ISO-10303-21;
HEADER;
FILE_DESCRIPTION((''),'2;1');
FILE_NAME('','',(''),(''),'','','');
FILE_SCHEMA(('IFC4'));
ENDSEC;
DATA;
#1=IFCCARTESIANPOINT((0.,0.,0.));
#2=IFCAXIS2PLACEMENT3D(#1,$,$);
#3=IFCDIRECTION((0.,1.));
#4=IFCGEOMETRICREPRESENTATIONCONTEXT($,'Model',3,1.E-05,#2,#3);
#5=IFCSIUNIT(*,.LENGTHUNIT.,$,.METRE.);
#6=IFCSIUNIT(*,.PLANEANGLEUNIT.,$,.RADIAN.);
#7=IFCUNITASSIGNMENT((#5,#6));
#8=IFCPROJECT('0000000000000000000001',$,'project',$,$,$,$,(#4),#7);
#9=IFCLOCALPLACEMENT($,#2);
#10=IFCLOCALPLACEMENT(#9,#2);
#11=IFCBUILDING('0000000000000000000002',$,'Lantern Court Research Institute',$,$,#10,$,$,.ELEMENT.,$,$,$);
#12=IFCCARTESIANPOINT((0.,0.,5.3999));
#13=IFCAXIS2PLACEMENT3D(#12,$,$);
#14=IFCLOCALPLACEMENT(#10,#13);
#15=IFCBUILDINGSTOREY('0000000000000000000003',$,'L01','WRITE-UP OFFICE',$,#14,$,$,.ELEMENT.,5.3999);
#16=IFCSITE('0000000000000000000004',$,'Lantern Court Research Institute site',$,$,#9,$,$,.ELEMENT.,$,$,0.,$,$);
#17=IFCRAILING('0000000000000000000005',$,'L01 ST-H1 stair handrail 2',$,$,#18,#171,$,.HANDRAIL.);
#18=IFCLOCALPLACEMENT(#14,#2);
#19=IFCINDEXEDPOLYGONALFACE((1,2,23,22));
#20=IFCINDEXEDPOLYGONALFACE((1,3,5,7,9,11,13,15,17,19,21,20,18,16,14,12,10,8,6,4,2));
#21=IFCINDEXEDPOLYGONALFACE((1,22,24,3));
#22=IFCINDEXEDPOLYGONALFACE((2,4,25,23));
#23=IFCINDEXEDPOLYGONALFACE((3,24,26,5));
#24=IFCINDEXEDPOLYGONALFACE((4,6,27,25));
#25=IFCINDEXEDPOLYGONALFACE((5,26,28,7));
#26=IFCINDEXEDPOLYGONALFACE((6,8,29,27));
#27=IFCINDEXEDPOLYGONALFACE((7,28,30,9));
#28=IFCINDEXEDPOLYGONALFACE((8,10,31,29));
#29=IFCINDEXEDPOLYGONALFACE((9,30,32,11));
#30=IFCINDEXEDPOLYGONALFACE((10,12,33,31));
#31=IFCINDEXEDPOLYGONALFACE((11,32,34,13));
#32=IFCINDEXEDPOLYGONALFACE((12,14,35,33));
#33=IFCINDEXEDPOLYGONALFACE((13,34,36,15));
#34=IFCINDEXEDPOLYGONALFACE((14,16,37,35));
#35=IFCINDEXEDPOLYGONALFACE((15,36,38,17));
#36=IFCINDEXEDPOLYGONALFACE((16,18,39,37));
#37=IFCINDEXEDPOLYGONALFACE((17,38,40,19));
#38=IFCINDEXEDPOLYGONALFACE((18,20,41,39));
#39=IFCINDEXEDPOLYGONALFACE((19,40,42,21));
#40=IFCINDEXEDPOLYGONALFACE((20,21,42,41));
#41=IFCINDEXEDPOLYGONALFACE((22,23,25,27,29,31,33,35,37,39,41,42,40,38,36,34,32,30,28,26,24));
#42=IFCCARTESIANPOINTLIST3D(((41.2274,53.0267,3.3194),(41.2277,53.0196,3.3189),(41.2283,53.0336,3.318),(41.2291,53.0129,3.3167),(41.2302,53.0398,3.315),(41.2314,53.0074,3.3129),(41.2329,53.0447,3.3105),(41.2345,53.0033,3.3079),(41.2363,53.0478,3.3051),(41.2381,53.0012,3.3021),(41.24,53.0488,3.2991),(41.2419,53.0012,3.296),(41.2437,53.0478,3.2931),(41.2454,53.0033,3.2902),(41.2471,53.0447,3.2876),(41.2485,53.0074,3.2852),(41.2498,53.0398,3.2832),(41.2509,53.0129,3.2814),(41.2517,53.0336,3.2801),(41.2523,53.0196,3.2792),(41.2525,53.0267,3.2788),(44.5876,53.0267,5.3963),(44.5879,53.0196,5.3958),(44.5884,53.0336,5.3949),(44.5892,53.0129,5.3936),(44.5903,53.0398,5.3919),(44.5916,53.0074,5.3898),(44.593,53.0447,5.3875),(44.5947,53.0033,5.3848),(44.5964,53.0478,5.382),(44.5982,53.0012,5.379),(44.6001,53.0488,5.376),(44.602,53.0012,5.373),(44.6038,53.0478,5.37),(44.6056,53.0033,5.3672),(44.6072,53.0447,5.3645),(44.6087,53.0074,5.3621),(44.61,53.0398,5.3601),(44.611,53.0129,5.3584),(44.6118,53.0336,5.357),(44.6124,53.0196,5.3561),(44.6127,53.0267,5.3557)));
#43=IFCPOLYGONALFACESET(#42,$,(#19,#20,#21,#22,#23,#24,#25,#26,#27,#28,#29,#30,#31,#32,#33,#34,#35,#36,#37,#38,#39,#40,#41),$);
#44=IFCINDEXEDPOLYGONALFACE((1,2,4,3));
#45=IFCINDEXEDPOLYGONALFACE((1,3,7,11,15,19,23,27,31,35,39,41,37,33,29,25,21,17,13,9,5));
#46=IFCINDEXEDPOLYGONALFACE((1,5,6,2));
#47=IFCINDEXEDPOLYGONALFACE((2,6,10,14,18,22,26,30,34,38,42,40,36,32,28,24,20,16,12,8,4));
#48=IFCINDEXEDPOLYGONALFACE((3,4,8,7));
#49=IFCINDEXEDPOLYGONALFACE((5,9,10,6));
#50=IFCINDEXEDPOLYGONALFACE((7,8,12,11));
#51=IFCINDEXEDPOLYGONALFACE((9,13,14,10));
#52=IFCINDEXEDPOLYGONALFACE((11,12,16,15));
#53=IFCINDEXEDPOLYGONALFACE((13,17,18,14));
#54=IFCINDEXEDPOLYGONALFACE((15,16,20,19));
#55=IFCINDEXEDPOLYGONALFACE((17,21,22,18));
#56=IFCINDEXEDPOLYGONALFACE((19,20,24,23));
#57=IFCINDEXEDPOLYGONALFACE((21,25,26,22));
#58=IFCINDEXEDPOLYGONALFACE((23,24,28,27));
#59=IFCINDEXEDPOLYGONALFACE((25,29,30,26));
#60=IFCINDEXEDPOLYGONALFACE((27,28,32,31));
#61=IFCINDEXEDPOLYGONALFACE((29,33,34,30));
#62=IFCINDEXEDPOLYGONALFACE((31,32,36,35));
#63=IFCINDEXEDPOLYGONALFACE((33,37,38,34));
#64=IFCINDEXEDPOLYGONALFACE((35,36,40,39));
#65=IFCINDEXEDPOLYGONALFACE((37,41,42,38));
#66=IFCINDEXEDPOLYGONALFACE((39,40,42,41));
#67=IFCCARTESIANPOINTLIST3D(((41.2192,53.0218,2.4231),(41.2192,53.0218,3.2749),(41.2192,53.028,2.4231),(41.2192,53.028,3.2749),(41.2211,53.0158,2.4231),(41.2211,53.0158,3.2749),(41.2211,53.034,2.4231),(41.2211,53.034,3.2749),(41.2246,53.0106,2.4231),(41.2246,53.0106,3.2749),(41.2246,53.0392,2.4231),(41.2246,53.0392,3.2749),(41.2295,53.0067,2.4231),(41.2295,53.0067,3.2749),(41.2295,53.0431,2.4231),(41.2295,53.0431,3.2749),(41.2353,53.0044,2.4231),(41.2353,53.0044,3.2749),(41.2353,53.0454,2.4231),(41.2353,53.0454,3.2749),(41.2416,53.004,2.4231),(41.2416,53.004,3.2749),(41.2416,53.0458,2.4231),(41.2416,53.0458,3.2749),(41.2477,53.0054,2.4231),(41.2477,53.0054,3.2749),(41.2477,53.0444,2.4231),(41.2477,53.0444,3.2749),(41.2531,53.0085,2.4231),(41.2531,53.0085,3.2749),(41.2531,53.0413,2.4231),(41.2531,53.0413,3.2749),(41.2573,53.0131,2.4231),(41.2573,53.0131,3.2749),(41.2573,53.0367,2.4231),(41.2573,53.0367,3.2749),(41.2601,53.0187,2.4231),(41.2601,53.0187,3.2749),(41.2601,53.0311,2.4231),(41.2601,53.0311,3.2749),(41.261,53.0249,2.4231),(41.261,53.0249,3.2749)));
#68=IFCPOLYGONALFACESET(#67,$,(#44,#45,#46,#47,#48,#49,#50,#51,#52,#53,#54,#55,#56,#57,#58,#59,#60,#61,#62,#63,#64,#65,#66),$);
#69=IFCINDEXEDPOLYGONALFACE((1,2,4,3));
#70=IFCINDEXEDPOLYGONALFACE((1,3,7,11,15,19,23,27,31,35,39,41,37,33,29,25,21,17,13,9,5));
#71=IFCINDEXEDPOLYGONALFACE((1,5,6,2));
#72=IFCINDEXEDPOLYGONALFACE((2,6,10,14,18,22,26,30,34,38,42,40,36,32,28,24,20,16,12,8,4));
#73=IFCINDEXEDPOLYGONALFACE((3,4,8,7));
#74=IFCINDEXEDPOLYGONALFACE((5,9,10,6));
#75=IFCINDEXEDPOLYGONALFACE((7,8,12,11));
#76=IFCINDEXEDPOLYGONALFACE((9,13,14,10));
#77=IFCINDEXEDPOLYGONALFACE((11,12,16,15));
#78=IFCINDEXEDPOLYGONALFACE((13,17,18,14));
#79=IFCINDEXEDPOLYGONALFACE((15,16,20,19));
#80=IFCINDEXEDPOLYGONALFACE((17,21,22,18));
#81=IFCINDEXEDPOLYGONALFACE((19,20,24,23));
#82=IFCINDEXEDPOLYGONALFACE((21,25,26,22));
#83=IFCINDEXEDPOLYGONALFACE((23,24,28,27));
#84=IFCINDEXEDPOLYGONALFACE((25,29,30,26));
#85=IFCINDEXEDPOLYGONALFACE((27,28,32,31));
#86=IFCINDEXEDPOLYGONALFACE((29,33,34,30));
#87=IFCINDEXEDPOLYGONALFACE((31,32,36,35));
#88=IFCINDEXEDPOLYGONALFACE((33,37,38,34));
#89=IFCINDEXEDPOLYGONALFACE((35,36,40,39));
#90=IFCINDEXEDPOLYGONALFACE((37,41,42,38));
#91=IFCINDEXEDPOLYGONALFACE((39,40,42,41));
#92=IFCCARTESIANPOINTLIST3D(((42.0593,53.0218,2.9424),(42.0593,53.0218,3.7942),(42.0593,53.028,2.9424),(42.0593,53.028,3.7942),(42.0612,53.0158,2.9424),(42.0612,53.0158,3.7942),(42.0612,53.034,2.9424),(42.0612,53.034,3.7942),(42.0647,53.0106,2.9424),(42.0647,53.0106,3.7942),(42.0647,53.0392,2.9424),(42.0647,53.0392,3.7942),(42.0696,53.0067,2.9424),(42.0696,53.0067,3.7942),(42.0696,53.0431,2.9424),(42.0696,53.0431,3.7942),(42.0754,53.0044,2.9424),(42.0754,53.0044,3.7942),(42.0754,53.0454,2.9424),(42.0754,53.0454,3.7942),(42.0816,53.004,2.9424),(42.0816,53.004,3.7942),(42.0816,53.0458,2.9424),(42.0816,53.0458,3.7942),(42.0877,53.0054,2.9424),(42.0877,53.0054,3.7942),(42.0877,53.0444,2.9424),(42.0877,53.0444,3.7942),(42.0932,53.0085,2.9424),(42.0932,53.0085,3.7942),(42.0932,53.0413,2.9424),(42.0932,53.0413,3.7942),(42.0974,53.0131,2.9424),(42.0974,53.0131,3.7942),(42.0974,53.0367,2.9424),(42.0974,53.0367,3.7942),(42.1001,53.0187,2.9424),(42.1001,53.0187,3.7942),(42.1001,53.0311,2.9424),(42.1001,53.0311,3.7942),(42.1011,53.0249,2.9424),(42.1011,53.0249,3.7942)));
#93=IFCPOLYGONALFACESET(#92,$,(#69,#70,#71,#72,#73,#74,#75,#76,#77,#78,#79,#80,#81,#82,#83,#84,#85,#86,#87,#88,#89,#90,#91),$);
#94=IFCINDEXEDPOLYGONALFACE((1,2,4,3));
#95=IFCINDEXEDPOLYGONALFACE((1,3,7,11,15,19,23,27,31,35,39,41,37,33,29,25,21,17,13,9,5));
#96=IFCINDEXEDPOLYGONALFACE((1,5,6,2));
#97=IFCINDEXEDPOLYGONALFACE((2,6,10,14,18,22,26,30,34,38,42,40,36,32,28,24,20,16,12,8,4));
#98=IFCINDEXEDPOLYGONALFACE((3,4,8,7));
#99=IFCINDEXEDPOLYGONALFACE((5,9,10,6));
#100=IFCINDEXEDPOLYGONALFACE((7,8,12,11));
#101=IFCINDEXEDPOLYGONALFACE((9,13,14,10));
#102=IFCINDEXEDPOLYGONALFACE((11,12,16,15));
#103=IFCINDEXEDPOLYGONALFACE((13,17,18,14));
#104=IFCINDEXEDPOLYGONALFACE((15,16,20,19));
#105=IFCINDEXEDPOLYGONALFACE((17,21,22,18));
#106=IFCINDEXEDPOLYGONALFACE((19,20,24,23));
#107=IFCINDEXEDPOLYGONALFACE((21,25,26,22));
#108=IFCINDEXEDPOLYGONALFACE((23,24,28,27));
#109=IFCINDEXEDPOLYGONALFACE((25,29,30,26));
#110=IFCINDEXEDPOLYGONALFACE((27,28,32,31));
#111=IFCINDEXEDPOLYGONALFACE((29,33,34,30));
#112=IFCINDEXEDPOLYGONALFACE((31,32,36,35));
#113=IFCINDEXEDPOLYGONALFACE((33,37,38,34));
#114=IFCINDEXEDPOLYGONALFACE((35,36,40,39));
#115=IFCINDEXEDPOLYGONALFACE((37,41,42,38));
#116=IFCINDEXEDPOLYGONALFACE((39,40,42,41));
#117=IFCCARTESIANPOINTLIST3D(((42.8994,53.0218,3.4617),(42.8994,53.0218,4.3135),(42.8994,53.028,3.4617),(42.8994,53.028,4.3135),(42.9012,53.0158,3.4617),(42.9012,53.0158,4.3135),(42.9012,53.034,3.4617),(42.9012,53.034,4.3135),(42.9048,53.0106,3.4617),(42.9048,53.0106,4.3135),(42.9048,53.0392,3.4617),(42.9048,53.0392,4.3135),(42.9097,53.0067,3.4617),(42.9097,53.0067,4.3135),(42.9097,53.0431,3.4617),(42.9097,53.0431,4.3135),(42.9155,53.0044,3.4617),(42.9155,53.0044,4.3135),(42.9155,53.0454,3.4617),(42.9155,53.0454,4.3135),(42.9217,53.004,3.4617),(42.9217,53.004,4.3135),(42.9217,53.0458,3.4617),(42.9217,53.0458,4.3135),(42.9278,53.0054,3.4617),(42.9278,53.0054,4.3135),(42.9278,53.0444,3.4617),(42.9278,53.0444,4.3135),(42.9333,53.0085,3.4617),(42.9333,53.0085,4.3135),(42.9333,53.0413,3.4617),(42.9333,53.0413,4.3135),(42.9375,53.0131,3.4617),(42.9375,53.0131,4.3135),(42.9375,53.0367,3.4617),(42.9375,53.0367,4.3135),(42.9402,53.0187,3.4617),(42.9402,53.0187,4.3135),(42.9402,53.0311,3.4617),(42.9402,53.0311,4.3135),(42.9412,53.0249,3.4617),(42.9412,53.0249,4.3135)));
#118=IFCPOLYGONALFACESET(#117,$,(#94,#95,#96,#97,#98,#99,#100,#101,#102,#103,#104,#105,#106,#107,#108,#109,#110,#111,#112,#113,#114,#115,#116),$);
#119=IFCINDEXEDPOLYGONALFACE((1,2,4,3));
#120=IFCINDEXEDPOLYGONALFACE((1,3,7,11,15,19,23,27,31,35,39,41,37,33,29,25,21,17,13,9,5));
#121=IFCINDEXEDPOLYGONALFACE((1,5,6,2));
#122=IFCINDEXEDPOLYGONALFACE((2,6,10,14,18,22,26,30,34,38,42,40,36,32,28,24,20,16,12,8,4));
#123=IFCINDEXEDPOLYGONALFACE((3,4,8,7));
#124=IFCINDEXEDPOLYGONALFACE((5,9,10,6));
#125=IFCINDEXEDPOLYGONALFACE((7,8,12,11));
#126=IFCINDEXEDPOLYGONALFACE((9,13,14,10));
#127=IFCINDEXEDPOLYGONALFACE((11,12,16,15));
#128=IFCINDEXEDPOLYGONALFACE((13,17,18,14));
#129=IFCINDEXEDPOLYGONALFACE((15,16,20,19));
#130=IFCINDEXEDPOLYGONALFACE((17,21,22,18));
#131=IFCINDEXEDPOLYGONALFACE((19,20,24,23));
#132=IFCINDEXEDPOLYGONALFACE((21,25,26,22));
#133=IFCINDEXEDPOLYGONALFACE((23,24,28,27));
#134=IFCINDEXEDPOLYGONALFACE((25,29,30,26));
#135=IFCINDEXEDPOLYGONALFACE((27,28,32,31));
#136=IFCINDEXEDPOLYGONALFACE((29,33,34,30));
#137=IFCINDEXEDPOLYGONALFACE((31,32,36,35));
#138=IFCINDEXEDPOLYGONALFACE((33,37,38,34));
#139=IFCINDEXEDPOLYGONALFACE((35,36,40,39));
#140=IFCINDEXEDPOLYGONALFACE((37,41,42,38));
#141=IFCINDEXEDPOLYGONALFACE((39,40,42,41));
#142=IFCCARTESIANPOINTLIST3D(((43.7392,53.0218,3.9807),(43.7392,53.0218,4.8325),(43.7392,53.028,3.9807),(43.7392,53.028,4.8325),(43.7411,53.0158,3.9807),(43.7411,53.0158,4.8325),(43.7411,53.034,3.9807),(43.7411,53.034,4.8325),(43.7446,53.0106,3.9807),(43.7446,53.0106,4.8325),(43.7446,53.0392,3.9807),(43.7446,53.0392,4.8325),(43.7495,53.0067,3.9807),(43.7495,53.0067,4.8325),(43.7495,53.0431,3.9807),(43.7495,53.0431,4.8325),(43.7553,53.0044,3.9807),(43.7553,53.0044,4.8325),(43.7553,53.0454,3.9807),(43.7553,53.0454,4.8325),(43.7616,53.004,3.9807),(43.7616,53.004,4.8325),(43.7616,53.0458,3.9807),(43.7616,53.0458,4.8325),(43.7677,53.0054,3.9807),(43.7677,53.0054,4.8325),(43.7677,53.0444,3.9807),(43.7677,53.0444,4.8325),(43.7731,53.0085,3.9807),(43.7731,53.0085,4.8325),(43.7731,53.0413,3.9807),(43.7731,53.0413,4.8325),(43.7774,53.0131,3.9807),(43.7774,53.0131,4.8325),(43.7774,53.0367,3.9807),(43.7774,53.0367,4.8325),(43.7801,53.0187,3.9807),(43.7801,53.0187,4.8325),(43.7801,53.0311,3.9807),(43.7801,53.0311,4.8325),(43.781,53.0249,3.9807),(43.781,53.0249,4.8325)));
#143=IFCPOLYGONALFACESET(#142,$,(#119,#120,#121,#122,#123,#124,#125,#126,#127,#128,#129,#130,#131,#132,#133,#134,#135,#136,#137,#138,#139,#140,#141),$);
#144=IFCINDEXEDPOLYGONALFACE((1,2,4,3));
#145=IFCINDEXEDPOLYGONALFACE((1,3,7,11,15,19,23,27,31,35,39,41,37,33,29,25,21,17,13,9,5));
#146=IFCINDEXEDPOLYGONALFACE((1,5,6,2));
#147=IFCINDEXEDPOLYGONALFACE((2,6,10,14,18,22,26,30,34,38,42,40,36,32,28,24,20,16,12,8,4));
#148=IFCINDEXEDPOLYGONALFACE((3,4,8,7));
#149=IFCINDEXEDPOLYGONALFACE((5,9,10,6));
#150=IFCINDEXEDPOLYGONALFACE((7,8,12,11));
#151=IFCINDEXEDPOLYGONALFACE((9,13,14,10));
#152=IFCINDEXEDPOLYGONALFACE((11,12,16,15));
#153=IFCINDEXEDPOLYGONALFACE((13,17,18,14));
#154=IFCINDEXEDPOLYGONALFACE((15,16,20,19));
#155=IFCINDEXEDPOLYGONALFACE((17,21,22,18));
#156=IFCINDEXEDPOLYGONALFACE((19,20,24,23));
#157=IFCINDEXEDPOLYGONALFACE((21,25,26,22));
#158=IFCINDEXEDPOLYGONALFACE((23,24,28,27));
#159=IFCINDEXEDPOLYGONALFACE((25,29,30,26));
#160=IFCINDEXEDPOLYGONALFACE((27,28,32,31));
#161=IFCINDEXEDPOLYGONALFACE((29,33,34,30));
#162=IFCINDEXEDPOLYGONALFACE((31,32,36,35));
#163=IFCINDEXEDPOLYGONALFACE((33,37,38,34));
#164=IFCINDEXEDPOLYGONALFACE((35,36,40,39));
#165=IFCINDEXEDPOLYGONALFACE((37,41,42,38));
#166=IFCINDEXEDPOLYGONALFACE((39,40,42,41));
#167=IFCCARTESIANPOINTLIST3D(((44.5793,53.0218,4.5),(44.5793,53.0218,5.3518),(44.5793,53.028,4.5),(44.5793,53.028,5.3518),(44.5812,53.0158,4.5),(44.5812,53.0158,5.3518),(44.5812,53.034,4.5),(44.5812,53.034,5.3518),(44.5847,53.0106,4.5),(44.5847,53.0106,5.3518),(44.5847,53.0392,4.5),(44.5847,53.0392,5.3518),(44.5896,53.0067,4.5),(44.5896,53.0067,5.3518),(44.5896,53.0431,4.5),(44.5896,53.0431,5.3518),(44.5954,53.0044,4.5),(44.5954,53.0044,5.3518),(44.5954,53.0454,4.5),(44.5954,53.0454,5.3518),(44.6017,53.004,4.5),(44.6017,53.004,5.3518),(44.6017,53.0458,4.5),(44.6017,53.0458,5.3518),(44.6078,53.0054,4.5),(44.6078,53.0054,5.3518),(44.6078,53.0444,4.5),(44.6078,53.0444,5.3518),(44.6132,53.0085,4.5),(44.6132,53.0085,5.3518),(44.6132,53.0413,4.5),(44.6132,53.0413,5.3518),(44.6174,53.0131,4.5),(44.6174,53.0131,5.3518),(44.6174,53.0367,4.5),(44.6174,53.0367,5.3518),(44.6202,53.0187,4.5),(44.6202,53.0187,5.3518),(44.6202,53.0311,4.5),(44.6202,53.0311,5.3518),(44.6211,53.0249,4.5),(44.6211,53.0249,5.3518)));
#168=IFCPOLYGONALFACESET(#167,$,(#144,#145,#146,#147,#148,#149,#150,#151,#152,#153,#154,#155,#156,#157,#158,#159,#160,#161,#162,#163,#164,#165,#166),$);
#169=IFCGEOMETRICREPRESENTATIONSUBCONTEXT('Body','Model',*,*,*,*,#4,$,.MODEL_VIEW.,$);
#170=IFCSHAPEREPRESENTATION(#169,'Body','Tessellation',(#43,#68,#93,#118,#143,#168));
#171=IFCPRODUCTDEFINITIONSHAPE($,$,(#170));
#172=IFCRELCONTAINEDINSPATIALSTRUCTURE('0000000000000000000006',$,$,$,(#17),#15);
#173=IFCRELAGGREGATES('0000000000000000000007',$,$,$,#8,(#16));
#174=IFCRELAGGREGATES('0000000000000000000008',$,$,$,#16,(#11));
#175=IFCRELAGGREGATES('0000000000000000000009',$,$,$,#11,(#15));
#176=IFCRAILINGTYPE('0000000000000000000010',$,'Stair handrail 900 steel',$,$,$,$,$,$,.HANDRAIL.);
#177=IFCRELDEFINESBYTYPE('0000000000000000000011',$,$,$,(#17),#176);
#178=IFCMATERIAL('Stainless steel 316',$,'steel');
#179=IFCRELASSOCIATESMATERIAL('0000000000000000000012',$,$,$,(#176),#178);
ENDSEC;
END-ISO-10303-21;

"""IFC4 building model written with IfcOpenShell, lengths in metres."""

from ifc_helpers import new_model, si_unit, direction, frame, origin, origin_2d, place, context, subcontext, project, spatial, circle, extrude, material, type_object, element, save


model = new_model("IFC4")

# Units and contexts
model_context = context("Model", 3, precision=1e-05, world=origin(), true_north=direction((0.0, 1.0)))
body_context = subcontext(model_context, "Body", "Model", "MODEL_VIEW")
ifc_project = project(units=[si_unit("LENGTHUNIT", "METRE"), si_unit("PLANEANGLEUNIT", "RADIAN")], contexts=[model_context])

# Site, building, storey
site_placement = place(None, origin())
site = spatial("IfcSite", under=ifc_project, at=site_placement, Name="Lantern Court Research Institute site", CompositionType="ELEMENT", RefElevation=0.0)
building_placement = place(site_placement, origin())
building = spatial("IfcBuilding", under=site, at=building_placement, Name="Lantern Court Research Institute", CompositionType="ELEMENT")
storey_placement = place(building_placement, frame((0.0, 0.0, 5.3999)))
storey = spatial("IfcBuildingStorey", under=building, at=storey_placement, Name="L01", Description="WRITE-UP OFFICE", CompositionType="ELEMENT", Elevation=5.3999)

# Railing
ifc_material_1 = material(Name="Stainless steel 316", Category="steel")
railing_type_1 = type_object("IfcRailingType", Name="Stair handrail 900 steel", PredefinedType="HANDRAIL", material=ifc_material_1)
railing_1_placement = place(storey_placement, frame((41.24, 53.0249, 2.4231)))
element("IfcRailing", 1, at=railing_1_placement, inside=storey, type_object=railing_type_1, Name="L01 ST-H1 stair handrail 2", PredefinedType="HANDRAIL", context=body_context, shape_type="SweptSolid", body=[
    extrude(circle(Radius=0.0239, at=origin_2d()), frame((0.0, 0.0, 0.876), z_axis=(0.850623, 0.0, 0.525776), x_axis=(0.0, 1.0, 0.0)), (0.0, 0.0, 1.0), 3.9502),
    extrude(circle(Radius=0.021, at=origin_2d()), origin(), (0.0, 0.0, 1.0), 0.8518),
    extrude(circle(Radius=0.021, at=origin_2d()), frame((0.8401, 0.0, 0.5193)), (0.0, 0.0, 1.0), 0.8518),
    extrude(circle(Radius=0.021, at=origin_2d()), frame((1.6802, 0.0, 1.0386)), (0.0, 0.0, 1.0), 0.8518),
    extrude(circle(Radius=0.021, at=origin_2d()), frame((2.52, 0.0, 1.5576)), (0.0, 0.0, 1.0), 0.8518),
    extrude(circle(Radius=0.021, at=origin_2d()), frame((3.3601, 0.0, 2.0769)), (0.0, 0.0, 1.0), 0.8518),
])

save(model, "model.ifc")
